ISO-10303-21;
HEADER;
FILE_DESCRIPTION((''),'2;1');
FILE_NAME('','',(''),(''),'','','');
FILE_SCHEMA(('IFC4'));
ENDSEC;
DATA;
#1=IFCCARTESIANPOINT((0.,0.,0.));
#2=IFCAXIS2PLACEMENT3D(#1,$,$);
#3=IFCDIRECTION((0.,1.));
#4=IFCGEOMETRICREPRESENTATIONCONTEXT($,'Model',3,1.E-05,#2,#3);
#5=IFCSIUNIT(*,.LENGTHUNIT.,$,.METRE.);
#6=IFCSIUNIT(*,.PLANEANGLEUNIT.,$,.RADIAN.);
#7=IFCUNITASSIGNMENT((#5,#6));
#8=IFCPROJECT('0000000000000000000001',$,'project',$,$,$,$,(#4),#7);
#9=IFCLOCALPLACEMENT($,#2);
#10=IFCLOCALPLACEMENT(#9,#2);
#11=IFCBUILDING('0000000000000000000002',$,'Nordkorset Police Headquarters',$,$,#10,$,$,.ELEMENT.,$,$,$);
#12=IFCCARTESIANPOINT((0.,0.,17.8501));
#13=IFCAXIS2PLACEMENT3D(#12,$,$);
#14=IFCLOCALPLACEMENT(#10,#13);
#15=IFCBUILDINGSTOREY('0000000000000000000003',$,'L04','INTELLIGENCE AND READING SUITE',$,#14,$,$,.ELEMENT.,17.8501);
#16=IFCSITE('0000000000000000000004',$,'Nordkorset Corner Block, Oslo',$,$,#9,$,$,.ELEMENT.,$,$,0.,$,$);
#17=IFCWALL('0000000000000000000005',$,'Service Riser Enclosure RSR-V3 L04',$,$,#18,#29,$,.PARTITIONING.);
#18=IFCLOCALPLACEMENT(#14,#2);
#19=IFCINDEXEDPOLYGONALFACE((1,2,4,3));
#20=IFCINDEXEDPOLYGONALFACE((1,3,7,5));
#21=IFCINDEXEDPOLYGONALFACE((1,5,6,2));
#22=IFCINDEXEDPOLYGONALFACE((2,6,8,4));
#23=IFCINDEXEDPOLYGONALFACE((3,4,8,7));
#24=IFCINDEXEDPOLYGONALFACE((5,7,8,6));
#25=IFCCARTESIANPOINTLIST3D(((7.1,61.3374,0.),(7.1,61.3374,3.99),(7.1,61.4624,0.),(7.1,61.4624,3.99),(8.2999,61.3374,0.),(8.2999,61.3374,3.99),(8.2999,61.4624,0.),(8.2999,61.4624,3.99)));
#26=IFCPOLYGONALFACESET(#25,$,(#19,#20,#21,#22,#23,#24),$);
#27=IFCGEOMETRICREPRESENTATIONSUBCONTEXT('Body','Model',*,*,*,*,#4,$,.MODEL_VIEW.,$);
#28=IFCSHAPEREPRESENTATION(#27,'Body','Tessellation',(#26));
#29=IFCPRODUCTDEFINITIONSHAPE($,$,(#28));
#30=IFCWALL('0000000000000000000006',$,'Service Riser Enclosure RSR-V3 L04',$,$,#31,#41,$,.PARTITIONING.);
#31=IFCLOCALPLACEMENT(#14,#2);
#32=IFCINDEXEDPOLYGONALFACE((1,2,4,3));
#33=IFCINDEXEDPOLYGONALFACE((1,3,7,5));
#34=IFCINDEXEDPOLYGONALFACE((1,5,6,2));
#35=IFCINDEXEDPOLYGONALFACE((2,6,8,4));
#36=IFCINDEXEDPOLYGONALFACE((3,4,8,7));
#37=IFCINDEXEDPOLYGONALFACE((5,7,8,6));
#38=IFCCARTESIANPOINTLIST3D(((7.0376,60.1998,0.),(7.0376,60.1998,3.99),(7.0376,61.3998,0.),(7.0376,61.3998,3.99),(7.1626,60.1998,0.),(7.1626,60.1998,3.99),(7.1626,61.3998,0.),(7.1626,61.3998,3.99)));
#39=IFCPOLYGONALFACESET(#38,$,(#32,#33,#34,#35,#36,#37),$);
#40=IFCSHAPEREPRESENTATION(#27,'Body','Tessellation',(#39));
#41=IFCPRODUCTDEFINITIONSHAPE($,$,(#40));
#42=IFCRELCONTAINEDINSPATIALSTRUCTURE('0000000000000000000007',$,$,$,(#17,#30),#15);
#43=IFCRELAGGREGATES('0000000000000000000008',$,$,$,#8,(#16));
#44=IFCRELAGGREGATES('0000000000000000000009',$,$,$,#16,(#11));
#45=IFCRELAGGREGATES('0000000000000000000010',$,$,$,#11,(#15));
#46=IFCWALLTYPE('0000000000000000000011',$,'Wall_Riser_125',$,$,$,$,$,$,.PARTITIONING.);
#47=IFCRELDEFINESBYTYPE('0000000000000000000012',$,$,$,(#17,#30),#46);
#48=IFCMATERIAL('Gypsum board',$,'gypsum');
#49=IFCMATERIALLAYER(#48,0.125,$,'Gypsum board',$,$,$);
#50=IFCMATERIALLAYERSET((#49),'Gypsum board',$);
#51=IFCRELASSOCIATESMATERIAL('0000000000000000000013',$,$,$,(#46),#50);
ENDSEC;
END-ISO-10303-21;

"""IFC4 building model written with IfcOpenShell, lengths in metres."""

from ifc_helpers import new_model, si_unit, direction, frame, frame_2d, origin, place, context, subcontext, project, spatial, rectangle, extrude, material, layer, layer_set, type_object, element, save


model = new_model("IFC4")

# Units and contexts
model_context = context("Model", 3, precision=1e-05, world=origin(), true_north=direction((0.0, 1.0)))
body_context = subcontext(model_context, "Body", "Model", "MODEL_VIEW")
ifc_project = project(units=[si_unit("LENGTHUNIT", "METRE"), si_unit("PLANEANGLEUNIT", "RADIAN")], contexts=[model_context])

# Site, building, storey
site_placement = place(None, origin())
site = spatial("IfcSite", under=ifc_project, at=site_placement, Name="Nordkorset Corner Block, Oslo", CompositionType="ELEMENT", RefElevation=0.0)
building_placement = place(site_placement, origin())
building = spatial("IfcBuilding", under=site, at=building_placement, Name="Nordkorset Police Headquarters", CompositionType="ELEMENT")
storey_placement = place(building_placement, frame((0.0, 0.0, 17.8501)))
storey = spatial("IfcBuildingStorey", under=building, at=storey_placement, Name="L04", Description="INTELLIGENCE AND READING SUITE", CompositionType="ELEMENT", Elevation=17.8501)

# Walls
ifc_material_1 = material(Name="Gypsum board", Category="gypsum")
ifc_layer_1 = layer(ifc_material_1, 0.125, Name="Gypsum board")
ifc_layer_set_1 = layer_set([ifc_layer_1], Name="Gypsum board")
wall_type_1 = type_object("IfcWallType", Name="Wall_Riser_125", PredefinedType="PARTITIONING", material=ifc_layer_set_1)
for number, where, z_axis, x_axis, name in (
    (1, (8.3, 61.3999, 0.0), (0.0, 0.0, 1.0), (-1.0, 0.0, 0.0), "Service Riser Enclosure RSR-V3 L04"),
    (2, (7.1001, 61.3999, 0.0), (0.0, 0.0, 1.0), (0.0, -1.0, 0.0), "Service Riser Enclosure RSR-V3 L04"),
):
    element("IfcWall", number, at=place(storey_placement, frame(where, z_axis=z_axis, x_axis=x_axis)), inside=storey, type_object=wall_type_1, Name=name, PredefinedType="PARTITIONING", context=body_context, shape_type="SweptSolid", body=[
        extrude(rectangle(XDim=1.2, YDim=0.125, at=frame_2d((0.6001, 0.0))), origin(), (0.0, 0.0, 1.0), 3.99),
    ])

save(model, "model.ifc")
